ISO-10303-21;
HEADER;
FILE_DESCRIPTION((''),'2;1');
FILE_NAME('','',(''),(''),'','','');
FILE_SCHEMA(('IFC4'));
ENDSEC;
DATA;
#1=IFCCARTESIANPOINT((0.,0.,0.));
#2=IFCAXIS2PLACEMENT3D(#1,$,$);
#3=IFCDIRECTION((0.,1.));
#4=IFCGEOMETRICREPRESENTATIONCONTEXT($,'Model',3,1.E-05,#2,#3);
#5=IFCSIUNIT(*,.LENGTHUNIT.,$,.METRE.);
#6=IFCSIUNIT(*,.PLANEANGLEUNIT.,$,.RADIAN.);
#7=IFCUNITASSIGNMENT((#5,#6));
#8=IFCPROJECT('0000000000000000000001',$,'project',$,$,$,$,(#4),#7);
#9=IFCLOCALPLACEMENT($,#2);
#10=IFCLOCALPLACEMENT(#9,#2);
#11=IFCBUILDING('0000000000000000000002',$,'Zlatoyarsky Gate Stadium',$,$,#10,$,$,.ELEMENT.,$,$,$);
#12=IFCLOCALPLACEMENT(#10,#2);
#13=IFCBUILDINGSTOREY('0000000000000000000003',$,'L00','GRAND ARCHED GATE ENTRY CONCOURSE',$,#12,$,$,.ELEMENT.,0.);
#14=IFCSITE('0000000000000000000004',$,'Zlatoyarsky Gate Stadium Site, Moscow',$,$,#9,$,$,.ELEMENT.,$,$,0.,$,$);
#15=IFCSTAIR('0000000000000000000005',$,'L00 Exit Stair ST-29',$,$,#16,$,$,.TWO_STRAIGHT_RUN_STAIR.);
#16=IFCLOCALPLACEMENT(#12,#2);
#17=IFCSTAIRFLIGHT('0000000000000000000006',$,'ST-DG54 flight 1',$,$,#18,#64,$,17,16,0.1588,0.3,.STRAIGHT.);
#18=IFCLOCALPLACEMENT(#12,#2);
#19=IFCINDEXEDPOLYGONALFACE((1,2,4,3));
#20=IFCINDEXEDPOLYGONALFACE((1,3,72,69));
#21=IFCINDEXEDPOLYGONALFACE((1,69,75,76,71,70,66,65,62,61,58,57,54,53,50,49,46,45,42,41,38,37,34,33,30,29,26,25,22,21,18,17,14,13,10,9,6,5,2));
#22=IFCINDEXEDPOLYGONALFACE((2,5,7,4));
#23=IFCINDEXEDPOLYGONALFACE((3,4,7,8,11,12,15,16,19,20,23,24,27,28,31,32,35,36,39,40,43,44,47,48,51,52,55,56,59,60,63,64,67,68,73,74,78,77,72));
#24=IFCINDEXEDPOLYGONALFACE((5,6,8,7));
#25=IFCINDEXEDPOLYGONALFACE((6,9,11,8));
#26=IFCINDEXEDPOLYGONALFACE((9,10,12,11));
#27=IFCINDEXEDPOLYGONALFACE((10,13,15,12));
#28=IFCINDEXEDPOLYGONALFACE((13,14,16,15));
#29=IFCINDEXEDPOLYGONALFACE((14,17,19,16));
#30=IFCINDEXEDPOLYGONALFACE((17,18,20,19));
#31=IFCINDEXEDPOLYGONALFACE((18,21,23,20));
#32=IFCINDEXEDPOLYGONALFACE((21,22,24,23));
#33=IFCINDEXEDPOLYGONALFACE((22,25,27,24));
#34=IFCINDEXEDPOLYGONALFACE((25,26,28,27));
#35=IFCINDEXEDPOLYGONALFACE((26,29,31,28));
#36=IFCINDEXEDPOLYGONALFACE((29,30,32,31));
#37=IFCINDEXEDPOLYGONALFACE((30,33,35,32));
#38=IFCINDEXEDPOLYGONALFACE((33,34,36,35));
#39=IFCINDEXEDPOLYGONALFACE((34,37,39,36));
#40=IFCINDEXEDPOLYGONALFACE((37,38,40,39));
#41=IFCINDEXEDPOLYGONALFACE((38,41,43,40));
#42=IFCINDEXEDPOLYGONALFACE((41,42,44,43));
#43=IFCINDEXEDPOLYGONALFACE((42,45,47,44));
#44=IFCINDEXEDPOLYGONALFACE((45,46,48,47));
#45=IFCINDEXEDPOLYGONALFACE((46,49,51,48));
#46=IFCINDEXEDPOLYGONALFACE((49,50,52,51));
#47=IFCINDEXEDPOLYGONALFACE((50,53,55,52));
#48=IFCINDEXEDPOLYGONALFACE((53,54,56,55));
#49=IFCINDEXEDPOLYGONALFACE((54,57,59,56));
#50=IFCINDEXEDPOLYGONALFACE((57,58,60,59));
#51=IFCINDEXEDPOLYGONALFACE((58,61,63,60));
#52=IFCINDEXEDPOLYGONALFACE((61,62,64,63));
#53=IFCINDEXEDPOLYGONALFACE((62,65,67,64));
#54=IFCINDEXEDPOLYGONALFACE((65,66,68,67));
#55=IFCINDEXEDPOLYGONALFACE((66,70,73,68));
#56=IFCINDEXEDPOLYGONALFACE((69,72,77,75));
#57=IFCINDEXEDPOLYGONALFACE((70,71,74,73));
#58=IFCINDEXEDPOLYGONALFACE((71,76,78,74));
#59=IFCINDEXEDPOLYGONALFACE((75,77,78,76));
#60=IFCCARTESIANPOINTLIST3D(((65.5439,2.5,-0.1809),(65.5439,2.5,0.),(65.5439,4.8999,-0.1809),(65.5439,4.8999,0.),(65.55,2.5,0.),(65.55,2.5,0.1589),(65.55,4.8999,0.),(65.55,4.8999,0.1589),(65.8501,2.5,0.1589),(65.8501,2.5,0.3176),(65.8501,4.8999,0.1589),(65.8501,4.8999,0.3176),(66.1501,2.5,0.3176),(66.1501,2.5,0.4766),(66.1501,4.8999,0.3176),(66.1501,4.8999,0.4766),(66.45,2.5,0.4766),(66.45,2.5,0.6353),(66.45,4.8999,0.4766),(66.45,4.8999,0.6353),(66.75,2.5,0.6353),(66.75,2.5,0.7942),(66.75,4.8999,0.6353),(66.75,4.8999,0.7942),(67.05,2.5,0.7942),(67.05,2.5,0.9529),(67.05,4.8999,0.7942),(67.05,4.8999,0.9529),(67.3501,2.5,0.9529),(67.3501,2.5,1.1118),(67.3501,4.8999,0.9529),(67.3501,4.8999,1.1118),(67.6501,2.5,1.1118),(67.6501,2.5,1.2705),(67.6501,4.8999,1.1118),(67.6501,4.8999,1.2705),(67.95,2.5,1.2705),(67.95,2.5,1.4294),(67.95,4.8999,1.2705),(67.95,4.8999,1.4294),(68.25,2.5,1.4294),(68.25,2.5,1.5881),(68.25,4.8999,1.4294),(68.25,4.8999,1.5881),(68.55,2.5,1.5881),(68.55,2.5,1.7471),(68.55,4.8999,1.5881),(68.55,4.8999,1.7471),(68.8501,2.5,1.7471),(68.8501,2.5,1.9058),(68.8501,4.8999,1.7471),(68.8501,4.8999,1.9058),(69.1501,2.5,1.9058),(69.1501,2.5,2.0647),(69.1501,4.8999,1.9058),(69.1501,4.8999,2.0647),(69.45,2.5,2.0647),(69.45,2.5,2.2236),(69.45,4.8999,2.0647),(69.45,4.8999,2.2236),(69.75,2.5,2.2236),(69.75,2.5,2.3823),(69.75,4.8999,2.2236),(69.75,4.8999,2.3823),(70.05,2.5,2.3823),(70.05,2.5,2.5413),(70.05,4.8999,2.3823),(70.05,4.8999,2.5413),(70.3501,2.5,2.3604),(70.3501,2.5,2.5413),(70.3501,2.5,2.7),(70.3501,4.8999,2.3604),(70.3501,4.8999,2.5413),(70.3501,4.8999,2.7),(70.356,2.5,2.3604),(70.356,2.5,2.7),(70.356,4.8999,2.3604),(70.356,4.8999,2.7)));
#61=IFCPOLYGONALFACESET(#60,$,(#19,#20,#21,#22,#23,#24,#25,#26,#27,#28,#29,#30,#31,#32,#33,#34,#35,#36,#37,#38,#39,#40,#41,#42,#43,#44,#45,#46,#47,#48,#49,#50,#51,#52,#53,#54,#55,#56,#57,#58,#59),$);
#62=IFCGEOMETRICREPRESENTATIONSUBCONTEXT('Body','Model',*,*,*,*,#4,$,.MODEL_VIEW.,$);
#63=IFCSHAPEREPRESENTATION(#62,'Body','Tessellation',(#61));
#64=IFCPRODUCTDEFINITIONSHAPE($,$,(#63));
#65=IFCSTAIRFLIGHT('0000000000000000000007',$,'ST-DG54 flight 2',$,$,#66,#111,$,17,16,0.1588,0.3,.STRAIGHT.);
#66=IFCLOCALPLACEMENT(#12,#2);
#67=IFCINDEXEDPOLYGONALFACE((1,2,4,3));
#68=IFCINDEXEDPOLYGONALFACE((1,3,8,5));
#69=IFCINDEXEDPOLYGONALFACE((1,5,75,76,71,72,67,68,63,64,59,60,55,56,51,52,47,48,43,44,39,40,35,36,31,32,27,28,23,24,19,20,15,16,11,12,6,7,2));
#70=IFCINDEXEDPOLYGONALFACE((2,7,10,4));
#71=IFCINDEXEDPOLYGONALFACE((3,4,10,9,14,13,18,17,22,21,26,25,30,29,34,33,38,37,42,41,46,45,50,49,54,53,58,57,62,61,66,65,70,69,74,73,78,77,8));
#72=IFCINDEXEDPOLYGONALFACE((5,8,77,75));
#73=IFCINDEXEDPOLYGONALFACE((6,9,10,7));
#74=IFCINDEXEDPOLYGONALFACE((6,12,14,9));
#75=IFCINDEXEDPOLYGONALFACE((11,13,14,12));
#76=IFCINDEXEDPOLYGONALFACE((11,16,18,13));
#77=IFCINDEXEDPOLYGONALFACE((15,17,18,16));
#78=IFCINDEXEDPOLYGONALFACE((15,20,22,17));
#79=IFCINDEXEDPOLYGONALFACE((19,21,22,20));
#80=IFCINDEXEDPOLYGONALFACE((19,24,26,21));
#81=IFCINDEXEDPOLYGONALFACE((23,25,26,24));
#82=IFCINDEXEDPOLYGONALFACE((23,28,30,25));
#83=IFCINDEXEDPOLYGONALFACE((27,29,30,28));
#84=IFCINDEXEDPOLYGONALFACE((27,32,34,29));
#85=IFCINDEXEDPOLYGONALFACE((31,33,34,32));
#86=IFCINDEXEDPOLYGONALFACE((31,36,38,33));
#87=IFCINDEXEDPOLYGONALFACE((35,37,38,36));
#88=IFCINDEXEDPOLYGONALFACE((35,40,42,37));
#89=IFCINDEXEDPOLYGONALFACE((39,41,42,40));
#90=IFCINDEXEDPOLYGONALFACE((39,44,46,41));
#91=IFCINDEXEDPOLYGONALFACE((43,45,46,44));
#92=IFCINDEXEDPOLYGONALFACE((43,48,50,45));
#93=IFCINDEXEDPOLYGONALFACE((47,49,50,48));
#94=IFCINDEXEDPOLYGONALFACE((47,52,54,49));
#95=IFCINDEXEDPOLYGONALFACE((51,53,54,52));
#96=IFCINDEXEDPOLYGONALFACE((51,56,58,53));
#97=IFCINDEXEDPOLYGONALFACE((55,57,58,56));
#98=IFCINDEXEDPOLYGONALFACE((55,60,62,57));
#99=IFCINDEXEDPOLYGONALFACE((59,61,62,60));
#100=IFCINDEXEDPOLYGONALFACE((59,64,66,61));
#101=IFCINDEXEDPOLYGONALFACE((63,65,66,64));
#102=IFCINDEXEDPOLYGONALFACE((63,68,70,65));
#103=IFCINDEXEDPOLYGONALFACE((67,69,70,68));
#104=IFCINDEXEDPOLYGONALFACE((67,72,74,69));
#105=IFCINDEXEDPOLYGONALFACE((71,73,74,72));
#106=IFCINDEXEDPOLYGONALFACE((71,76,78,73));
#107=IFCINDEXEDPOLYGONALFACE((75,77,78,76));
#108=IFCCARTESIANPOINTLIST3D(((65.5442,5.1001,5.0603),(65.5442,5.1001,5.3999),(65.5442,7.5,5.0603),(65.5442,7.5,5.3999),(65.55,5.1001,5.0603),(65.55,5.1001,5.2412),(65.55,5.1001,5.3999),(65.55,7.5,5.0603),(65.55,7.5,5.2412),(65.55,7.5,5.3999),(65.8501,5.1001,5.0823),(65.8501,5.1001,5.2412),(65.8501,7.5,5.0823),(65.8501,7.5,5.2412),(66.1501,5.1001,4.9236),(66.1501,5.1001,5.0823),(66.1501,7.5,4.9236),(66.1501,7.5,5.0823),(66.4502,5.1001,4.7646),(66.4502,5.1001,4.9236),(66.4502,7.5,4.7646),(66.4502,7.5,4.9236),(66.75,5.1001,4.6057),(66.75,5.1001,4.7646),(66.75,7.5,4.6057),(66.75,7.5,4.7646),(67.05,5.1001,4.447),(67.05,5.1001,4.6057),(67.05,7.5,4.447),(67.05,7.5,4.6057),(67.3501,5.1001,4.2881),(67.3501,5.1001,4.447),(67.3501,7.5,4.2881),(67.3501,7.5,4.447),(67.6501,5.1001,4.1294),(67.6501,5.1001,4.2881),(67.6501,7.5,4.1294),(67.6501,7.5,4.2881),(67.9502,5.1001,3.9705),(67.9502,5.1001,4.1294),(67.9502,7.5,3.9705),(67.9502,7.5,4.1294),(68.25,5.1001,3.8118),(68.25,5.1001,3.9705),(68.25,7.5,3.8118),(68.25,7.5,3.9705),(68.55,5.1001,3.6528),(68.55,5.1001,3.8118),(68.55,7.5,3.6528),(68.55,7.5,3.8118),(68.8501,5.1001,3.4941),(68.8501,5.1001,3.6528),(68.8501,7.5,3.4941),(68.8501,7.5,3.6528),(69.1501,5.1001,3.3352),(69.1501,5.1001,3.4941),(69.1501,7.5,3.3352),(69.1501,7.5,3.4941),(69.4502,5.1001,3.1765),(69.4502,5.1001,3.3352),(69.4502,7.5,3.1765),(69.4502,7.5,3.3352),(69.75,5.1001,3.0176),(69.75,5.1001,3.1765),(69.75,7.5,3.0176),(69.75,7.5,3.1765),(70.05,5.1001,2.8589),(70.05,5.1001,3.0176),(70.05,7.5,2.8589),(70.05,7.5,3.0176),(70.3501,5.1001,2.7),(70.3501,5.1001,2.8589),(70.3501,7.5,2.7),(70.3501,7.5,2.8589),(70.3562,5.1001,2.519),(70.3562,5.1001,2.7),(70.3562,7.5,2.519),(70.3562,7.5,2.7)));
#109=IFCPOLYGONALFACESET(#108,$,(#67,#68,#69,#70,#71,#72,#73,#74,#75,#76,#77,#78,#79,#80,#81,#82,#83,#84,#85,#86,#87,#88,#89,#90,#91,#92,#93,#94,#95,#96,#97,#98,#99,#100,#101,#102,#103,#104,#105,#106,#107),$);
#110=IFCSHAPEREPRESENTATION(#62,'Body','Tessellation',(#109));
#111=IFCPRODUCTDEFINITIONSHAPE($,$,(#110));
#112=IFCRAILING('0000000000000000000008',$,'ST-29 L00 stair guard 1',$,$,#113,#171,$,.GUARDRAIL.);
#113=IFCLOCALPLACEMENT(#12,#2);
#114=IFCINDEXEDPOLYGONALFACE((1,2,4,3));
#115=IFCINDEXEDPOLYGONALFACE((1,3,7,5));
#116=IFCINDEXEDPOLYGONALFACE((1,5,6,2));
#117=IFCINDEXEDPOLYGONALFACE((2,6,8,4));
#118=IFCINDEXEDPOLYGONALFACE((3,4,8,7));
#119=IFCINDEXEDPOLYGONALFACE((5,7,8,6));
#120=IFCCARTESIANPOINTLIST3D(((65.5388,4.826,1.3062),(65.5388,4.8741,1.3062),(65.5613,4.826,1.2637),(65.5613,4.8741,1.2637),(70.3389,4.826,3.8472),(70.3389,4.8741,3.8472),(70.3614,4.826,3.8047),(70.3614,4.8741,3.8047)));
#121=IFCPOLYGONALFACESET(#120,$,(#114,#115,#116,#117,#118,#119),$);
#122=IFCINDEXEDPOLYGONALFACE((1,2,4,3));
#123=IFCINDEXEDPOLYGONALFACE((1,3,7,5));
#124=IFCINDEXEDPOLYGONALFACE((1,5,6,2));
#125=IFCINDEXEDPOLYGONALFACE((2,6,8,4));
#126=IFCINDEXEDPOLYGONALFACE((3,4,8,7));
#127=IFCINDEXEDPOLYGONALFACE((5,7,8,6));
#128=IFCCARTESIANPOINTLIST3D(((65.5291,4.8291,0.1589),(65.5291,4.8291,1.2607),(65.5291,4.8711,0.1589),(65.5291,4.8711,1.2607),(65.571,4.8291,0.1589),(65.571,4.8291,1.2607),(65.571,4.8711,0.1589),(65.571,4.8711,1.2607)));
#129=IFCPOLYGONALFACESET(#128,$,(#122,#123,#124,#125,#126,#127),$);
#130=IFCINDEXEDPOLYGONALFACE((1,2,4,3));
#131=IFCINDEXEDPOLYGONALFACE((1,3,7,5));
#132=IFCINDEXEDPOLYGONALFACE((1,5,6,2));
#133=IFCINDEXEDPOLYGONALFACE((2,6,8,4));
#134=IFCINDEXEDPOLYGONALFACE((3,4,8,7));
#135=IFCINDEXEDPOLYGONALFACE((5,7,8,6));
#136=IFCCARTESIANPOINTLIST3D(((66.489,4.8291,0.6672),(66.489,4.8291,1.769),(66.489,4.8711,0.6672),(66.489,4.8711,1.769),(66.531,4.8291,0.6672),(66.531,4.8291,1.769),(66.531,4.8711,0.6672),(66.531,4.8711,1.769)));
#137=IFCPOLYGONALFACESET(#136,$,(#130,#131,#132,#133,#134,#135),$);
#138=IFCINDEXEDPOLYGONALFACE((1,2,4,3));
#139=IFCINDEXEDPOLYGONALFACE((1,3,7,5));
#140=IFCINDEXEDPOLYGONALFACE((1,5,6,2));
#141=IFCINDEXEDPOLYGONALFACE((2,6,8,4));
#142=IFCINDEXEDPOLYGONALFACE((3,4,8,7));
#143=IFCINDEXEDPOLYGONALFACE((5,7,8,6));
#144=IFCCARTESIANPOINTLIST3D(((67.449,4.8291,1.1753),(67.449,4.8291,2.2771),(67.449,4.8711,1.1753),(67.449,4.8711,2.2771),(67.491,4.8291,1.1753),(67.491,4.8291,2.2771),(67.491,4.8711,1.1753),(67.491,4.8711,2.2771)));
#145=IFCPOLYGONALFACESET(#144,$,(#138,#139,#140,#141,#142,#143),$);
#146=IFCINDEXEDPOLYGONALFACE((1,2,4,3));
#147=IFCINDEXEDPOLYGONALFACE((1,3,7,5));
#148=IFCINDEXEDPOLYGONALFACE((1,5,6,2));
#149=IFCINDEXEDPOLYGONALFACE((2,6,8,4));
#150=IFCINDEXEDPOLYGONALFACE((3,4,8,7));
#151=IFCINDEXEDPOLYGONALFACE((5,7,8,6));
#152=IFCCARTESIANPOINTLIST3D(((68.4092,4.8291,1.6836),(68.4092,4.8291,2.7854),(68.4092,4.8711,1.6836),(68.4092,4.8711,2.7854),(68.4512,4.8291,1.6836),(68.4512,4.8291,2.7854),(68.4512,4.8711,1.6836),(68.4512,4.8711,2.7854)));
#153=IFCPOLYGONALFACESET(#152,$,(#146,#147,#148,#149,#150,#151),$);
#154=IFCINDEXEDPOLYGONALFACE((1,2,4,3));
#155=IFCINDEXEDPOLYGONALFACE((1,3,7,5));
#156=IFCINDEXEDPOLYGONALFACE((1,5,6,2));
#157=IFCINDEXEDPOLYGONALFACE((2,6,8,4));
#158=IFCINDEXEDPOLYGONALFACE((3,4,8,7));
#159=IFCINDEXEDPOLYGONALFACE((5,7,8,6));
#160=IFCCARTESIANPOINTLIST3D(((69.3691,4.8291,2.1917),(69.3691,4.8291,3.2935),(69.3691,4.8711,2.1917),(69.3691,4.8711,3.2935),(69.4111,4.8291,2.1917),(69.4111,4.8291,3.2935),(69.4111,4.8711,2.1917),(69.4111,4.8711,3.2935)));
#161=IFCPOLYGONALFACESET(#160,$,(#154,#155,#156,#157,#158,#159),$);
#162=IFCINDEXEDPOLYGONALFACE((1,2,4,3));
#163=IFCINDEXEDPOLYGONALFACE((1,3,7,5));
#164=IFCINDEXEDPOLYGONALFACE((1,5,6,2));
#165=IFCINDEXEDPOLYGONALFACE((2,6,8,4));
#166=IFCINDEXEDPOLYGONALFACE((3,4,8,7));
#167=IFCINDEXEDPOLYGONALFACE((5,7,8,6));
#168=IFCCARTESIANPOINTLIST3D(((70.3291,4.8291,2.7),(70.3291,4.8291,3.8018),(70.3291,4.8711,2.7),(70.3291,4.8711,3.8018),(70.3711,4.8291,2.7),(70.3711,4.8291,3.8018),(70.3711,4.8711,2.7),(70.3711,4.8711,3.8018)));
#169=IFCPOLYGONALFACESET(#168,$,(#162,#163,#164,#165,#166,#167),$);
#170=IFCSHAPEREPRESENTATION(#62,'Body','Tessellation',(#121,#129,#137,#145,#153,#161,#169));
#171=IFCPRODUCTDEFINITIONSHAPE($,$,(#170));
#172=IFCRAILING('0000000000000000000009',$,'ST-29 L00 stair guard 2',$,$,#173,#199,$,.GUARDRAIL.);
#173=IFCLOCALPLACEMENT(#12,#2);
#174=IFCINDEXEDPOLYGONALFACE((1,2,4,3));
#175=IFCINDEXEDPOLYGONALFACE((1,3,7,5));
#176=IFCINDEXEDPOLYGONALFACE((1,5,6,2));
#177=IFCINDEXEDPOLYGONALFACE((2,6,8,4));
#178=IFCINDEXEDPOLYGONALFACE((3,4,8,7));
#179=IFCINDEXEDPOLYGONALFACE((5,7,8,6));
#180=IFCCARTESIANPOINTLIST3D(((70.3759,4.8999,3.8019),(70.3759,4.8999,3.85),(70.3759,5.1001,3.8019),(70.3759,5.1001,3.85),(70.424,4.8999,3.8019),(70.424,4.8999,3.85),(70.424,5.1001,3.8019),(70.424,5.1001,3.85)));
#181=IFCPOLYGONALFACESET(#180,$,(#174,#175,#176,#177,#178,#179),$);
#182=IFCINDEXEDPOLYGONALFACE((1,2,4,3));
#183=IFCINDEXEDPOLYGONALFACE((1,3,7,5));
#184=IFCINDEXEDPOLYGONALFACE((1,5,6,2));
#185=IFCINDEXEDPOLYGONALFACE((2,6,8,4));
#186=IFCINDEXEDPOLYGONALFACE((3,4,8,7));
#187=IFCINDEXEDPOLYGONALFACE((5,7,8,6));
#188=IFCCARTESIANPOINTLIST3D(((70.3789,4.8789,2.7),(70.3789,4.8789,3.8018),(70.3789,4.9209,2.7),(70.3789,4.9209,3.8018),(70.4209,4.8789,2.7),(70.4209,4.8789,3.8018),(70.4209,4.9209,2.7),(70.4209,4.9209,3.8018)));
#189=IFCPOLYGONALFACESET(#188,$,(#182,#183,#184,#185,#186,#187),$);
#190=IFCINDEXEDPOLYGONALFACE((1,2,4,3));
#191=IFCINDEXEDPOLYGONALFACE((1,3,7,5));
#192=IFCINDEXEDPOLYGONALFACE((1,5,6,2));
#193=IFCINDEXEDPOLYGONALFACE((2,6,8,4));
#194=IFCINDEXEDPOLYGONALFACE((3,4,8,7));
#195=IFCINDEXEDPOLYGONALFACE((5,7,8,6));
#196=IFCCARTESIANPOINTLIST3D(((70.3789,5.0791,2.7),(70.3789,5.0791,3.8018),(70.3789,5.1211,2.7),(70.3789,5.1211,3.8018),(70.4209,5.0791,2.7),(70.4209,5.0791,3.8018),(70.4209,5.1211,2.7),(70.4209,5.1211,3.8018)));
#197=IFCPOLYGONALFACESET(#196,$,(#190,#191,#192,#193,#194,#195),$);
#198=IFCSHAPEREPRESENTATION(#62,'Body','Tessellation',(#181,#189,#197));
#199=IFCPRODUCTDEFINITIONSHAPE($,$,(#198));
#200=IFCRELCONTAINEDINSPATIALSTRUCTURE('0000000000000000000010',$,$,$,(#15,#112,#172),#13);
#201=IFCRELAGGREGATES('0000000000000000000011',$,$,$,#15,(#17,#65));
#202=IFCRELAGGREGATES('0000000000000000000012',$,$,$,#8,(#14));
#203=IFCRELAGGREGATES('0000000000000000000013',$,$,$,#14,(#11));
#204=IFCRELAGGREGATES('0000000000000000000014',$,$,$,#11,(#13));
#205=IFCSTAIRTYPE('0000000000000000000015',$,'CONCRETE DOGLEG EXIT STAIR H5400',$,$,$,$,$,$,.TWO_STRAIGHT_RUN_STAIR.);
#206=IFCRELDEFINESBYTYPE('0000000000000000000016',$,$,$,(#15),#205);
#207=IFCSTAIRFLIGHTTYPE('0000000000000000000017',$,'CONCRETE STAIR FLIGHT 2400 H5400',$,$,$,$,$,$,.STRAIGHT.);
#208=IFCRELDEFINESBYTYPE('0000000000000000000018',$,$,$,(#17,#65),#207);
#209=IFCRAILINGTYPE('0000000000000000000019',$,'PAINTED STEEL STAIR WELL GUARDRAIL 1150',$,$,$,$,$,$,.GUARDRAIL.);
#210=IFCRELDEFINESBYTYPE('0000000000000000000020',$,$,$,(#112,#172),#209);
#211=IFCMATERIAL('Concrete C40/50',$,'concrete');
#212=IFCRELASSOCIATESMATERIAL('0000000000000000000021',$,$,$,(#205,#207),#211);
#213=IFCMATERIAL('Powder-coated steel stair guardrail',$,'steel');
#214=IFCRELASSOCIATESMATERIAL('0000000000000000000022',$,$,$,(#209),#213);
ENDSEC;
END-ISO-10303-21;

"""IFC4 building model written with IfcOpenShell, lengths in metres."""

from ifc_helpers import new_model, si_unit, direction, frame, origin, origin_2d, place, context, subcontext, project, spatial, polyline, rectangle, outline, extrude, material, type_object, element, aggregate, save


model = new_model("IFC4")

# Units and contexts
model_context = context("Model", 3, precision=1e-05, world=origin(), true_north=direction((0.0, 1.0)))
body_context = subcontext(model_context, "Body", "Model", "MODEL_VIEW")
ifc_project = project(units=[si_unit("LENGTHUNIT", "METRE"), si_unit("PLANEANGLEUNIT", "RADIAN")], contexts=[model_context])

# Site, building, storey
site_placement = place(None, origin())
site = spatial("IfcSite", under=ifc_project, at=site_placement, Name="Zlatoyarsky Gate Stadium Site, Moscow", CompositionType="ELEMENT", RefElevation=0.0)
building_placement = place(site_placement, origin())
building = spatial("IfcBuilding", under=site, at=building_placement, Name="Zlatoyarsky Gate Stadium", CompositionType="ELEMENT")
storey_placement = place(building_placement, origin())
storey = spatial("IfcBuildingStorey", under=building, at=storey_placement, Name="L00", Description="GRAND ARCHED GATE ENTRY CONCOURSE", CompositionType="ELEMENT", Elevation=0.0)

# Shared definitions
ifc_material_1 = material(Name="Concrete C40/50", Category="concrete")

# Stair, stair flights
stair_type = type_object("IfcStairType", Name="CONCRETE DOGLEG EXIT STAIR H5400", PredefinedType="TWO_STRAIGHT_RUN_STAIR", material=ifc_material_1)
stair_placement = place(storey_placement, origin())
stair = element("IfcStair", 1, at=stair_placement, inside=storey, type_object=stair_type, Name="L00 Exit Stair ST-29", PredefinedType="TWO_STRAIGHT_RUN_STAIR")
stair_flight_type = type_object("IfcStairFlightType", Name="CONCRETE STAIR FLIGHT 2400 H5400", PredefinedType="STRAIGHT", material=ifc_material_1)
stair_flight_1_placement = place(storey_placement, frame((65.55, 3.7, 0.0), z_axis=(0.0, 0.0, 1.0), x_axis=(1.0, 0.0, 0.0)))
stair_flight_1 = element("IfcStairFlight", 2, at=stair_flight_1_placement, type_object=stair_flight_type, Name="ST-DG54 flight 1", NumberOfRisers=17, NumberOfTreads=16, PredefinedType="STRAIGHT", RiserHeight=0.1588, TreadLength=0.3, context=body_context, shape_type="SweptSolid", body=[
    extrude(outline(polyline([(-0.0061, -0.1809), (-0.0061, 0.0), (0.0, 0.0), (0.0, 0.1589), (0.3, 0.1589), (0.3, 0.3176), (0.6001, 0.3176), (0.6001, 0.4766), (0.8999, 0.4766), (0.8999, 0.6353), (1.2, 0.6353), (1.2, 0.7942), (1.5, 0.7942), (1.5, 0.9529), (1.8, 0.9529), (1.8, 1.1118), (2.1001, 1.1118), (2.1001, 1.2705), (2.3999, 1.2705), (2.3999, 1.4294), (2.7, 1.4294), (2.7, 1.5881), (3.0, 1.5881), (3.0, 1.7471), (3.3, 1.7471), (3.3, 1.9058), (3.6001, 1.9058), (3.6001, 2.0647), (3.8999, 2.0647), (3.8999, 2.2236), (4.2, 2.2236), (4.2, 2.3823), (4.5, 2.3823), (4.5, 2.5413), (4.8, 2.5413), (4.8, 2.7), (4.8059, 2.7), (4.8059, 2.3604), (4.8, 2.3604), (-0.0061, -0.1809)])), frame((0.0, 1.2, 0.0), z_axis=(0.0, -1.0, 0.0), x_axis=(1.0, 0.0, 0.0)), (0.0, 0.0, 1.0), 2.3999),
])
stair_flight_2_placement = place(storey_placement, frame((70.3501, 6.3, 2.7), z_axis=(0.0, 0.0, 1.0), x_axis=(-1.0, 0.0, 0.0)))
stair_flight_2 = element("IfcStairFlight", 3, at=stair_flight_2_placement, type_object=stair_flight_type, Name="ST-DG54 flight 2", NumberOfRisers=17, NumberOfTreads=16, PredefinedType="STRAIGHT", RiserHeight=0.1588, TreadLength=0.3, context=body_context, shape_type="SweptSolid", body=[
    extrude(outline(polyline([(-0.0061, -0.1809), (-0.0061, 0.0), (0.0, 0.0), (0.0, 0.1589), (0.3, 0.1589), (0.3, 0.3176), (0.6001, 0.3176), (0.6001, 0.4766), (0.8999, 0.4766), (0.8999, 0.6353), (1.2, 0.6353), (1.2, 0.7942), (1.5, 0.7942), (1.5, 0.9529), (1.8, 0.9529), (1.8, 1.1118), (2.1001, 1.1118), (2.1001, 1.2705), (2.3999, 1.2705), (2.3999, 1.4294), (2.7, 1.4294), (2.7, 1.5881), (3.0, 1.5881), (3.0, 1.7471), (3.3, 1.7471), (3.3, 1.9058), (3.6001, 1.9058), (3.6001, 2.0647), (3.8999, 2.0647), (3.8999, 2.2236), (4.2, 2.2236), (4.2, 2.3823), (4.5, 2.3823), (4.5, 2.5413), (4.8, 2.5413), (4.8, 2.7), (4.8059, 2.7), (4.8059, 2.3604), (4.8, 2.3604), (-0.0061, -0.1809)])), frame((0.0, 1.2, 0.0), z_axis=(0.0, -1.0, 0.0), x_axis=(1.0, 0.0, 0.0)), (0.0, 0.0, 1.0), 2.3999),
])
aggregate(stair, [stair_flight_1, stair_flight_2])

# Railings
ifc_material_2 = material(Name="Powder-coated steel stair guardrail", Category="steel")
railing_type_1 = type_object("IfcRailingType", Name="PAINTED STEEL STAIR WELL GUARDRAIL 1150", PredefinedType="GUARDRAIL", material=ifc_material_2)
railing_1_placement = place(storey_placement, frame((65.55, 4.8501, 0.1589)))
element("IfcRailing", 4, at=railing_1_placement, inside=storey, type_object=railing_type_1, Name="ST-29 L00 stair guard 1", PredefinedType="GUARDRAIL", context=body_context, shape_type="SweptSolid", body=[
    extrude(rectangle(XDim=0.0481, YDim=0.0481, at=origin_2d()), frame((0.0, 0.0, 1.126), z_axis=(0.883802, 0.0, 0.467861), x_axis=(0.0, 1.0, 0.0)), (0.0, 0.0, 1.0), 5.4312),
    extrude(rectangle(XDim=0.042, YDim=0.042, at=origin_2d()), origin(), (0.0, 0.0, 1.0), 1.1018),
    extrude(rectangle(XDim=0.042, YDim=0.042, at=origin_2d()), frame((0.96, 0.0, 0.5083)), (0.0, 0.0, 1.0), 1.1018),
    extrude(rectangle(XDim=0.042, YDim=0.042, at=origin_2d()), frame((1.9199, 0.0, 1.0164)), (0.0, 0.0, 1.0), 1.1018),
    extrude(rectangle(XDim=0.042, YDim=0.042, at=origin_2d()), frame((2.8801, 0.0, 1.5247)), (0.0, 0.0, 1.0), 1.1018),
    extrude(rectangle(XDim=0.042, YDim=0.042, at=origin_2d()), frame((3.8401, 0.0, 2.0327)), (0.0, 0.0, 1.0), 1.1018),
    extrude(rectangle(XDim=0.042, YDim=0.042, at=origin_2d()), frame((4.8, 0.0, 2.541)), (0.0, 0.0, 1.0), 1.1018),
])
railing_2_placement = place(storey_placement, frame((70.3999, 4.8999, 2.7)))
element("IfcRailing", 5, at=railing_2_placement, inside=storey, type_object=railing_type_1, Name="ST-29 L00 stair guard 2", PredefinedType="GUARDRAIL", context=body_context, shape_type="SweptSolid", body=[
    extrude(rectangle(XDim=0.0481, YDim=0.0481, at=origin_2d()), frame((0.0, 0.0, 1.126), z_axis=(0.0, 1.0, 0.0), x_axis=(-1.0, 0.0, 0.0)), (0.0, 0.0, 1.0), 0.2002),
    extrude(rectangle(XDim=0.042, YDim=0.042, at=origin_2d()), origin(), (0.0, 0.0, 1.0), 1.1018),
    extrude(rectangle(XDim=0.042, YDim=0.042, at=origin_2d()), frame((0.0, 0.2002, 0.0)), (0.0, 0.0, 1.0), 1.1018),
])

save(model, "model.ifc")
